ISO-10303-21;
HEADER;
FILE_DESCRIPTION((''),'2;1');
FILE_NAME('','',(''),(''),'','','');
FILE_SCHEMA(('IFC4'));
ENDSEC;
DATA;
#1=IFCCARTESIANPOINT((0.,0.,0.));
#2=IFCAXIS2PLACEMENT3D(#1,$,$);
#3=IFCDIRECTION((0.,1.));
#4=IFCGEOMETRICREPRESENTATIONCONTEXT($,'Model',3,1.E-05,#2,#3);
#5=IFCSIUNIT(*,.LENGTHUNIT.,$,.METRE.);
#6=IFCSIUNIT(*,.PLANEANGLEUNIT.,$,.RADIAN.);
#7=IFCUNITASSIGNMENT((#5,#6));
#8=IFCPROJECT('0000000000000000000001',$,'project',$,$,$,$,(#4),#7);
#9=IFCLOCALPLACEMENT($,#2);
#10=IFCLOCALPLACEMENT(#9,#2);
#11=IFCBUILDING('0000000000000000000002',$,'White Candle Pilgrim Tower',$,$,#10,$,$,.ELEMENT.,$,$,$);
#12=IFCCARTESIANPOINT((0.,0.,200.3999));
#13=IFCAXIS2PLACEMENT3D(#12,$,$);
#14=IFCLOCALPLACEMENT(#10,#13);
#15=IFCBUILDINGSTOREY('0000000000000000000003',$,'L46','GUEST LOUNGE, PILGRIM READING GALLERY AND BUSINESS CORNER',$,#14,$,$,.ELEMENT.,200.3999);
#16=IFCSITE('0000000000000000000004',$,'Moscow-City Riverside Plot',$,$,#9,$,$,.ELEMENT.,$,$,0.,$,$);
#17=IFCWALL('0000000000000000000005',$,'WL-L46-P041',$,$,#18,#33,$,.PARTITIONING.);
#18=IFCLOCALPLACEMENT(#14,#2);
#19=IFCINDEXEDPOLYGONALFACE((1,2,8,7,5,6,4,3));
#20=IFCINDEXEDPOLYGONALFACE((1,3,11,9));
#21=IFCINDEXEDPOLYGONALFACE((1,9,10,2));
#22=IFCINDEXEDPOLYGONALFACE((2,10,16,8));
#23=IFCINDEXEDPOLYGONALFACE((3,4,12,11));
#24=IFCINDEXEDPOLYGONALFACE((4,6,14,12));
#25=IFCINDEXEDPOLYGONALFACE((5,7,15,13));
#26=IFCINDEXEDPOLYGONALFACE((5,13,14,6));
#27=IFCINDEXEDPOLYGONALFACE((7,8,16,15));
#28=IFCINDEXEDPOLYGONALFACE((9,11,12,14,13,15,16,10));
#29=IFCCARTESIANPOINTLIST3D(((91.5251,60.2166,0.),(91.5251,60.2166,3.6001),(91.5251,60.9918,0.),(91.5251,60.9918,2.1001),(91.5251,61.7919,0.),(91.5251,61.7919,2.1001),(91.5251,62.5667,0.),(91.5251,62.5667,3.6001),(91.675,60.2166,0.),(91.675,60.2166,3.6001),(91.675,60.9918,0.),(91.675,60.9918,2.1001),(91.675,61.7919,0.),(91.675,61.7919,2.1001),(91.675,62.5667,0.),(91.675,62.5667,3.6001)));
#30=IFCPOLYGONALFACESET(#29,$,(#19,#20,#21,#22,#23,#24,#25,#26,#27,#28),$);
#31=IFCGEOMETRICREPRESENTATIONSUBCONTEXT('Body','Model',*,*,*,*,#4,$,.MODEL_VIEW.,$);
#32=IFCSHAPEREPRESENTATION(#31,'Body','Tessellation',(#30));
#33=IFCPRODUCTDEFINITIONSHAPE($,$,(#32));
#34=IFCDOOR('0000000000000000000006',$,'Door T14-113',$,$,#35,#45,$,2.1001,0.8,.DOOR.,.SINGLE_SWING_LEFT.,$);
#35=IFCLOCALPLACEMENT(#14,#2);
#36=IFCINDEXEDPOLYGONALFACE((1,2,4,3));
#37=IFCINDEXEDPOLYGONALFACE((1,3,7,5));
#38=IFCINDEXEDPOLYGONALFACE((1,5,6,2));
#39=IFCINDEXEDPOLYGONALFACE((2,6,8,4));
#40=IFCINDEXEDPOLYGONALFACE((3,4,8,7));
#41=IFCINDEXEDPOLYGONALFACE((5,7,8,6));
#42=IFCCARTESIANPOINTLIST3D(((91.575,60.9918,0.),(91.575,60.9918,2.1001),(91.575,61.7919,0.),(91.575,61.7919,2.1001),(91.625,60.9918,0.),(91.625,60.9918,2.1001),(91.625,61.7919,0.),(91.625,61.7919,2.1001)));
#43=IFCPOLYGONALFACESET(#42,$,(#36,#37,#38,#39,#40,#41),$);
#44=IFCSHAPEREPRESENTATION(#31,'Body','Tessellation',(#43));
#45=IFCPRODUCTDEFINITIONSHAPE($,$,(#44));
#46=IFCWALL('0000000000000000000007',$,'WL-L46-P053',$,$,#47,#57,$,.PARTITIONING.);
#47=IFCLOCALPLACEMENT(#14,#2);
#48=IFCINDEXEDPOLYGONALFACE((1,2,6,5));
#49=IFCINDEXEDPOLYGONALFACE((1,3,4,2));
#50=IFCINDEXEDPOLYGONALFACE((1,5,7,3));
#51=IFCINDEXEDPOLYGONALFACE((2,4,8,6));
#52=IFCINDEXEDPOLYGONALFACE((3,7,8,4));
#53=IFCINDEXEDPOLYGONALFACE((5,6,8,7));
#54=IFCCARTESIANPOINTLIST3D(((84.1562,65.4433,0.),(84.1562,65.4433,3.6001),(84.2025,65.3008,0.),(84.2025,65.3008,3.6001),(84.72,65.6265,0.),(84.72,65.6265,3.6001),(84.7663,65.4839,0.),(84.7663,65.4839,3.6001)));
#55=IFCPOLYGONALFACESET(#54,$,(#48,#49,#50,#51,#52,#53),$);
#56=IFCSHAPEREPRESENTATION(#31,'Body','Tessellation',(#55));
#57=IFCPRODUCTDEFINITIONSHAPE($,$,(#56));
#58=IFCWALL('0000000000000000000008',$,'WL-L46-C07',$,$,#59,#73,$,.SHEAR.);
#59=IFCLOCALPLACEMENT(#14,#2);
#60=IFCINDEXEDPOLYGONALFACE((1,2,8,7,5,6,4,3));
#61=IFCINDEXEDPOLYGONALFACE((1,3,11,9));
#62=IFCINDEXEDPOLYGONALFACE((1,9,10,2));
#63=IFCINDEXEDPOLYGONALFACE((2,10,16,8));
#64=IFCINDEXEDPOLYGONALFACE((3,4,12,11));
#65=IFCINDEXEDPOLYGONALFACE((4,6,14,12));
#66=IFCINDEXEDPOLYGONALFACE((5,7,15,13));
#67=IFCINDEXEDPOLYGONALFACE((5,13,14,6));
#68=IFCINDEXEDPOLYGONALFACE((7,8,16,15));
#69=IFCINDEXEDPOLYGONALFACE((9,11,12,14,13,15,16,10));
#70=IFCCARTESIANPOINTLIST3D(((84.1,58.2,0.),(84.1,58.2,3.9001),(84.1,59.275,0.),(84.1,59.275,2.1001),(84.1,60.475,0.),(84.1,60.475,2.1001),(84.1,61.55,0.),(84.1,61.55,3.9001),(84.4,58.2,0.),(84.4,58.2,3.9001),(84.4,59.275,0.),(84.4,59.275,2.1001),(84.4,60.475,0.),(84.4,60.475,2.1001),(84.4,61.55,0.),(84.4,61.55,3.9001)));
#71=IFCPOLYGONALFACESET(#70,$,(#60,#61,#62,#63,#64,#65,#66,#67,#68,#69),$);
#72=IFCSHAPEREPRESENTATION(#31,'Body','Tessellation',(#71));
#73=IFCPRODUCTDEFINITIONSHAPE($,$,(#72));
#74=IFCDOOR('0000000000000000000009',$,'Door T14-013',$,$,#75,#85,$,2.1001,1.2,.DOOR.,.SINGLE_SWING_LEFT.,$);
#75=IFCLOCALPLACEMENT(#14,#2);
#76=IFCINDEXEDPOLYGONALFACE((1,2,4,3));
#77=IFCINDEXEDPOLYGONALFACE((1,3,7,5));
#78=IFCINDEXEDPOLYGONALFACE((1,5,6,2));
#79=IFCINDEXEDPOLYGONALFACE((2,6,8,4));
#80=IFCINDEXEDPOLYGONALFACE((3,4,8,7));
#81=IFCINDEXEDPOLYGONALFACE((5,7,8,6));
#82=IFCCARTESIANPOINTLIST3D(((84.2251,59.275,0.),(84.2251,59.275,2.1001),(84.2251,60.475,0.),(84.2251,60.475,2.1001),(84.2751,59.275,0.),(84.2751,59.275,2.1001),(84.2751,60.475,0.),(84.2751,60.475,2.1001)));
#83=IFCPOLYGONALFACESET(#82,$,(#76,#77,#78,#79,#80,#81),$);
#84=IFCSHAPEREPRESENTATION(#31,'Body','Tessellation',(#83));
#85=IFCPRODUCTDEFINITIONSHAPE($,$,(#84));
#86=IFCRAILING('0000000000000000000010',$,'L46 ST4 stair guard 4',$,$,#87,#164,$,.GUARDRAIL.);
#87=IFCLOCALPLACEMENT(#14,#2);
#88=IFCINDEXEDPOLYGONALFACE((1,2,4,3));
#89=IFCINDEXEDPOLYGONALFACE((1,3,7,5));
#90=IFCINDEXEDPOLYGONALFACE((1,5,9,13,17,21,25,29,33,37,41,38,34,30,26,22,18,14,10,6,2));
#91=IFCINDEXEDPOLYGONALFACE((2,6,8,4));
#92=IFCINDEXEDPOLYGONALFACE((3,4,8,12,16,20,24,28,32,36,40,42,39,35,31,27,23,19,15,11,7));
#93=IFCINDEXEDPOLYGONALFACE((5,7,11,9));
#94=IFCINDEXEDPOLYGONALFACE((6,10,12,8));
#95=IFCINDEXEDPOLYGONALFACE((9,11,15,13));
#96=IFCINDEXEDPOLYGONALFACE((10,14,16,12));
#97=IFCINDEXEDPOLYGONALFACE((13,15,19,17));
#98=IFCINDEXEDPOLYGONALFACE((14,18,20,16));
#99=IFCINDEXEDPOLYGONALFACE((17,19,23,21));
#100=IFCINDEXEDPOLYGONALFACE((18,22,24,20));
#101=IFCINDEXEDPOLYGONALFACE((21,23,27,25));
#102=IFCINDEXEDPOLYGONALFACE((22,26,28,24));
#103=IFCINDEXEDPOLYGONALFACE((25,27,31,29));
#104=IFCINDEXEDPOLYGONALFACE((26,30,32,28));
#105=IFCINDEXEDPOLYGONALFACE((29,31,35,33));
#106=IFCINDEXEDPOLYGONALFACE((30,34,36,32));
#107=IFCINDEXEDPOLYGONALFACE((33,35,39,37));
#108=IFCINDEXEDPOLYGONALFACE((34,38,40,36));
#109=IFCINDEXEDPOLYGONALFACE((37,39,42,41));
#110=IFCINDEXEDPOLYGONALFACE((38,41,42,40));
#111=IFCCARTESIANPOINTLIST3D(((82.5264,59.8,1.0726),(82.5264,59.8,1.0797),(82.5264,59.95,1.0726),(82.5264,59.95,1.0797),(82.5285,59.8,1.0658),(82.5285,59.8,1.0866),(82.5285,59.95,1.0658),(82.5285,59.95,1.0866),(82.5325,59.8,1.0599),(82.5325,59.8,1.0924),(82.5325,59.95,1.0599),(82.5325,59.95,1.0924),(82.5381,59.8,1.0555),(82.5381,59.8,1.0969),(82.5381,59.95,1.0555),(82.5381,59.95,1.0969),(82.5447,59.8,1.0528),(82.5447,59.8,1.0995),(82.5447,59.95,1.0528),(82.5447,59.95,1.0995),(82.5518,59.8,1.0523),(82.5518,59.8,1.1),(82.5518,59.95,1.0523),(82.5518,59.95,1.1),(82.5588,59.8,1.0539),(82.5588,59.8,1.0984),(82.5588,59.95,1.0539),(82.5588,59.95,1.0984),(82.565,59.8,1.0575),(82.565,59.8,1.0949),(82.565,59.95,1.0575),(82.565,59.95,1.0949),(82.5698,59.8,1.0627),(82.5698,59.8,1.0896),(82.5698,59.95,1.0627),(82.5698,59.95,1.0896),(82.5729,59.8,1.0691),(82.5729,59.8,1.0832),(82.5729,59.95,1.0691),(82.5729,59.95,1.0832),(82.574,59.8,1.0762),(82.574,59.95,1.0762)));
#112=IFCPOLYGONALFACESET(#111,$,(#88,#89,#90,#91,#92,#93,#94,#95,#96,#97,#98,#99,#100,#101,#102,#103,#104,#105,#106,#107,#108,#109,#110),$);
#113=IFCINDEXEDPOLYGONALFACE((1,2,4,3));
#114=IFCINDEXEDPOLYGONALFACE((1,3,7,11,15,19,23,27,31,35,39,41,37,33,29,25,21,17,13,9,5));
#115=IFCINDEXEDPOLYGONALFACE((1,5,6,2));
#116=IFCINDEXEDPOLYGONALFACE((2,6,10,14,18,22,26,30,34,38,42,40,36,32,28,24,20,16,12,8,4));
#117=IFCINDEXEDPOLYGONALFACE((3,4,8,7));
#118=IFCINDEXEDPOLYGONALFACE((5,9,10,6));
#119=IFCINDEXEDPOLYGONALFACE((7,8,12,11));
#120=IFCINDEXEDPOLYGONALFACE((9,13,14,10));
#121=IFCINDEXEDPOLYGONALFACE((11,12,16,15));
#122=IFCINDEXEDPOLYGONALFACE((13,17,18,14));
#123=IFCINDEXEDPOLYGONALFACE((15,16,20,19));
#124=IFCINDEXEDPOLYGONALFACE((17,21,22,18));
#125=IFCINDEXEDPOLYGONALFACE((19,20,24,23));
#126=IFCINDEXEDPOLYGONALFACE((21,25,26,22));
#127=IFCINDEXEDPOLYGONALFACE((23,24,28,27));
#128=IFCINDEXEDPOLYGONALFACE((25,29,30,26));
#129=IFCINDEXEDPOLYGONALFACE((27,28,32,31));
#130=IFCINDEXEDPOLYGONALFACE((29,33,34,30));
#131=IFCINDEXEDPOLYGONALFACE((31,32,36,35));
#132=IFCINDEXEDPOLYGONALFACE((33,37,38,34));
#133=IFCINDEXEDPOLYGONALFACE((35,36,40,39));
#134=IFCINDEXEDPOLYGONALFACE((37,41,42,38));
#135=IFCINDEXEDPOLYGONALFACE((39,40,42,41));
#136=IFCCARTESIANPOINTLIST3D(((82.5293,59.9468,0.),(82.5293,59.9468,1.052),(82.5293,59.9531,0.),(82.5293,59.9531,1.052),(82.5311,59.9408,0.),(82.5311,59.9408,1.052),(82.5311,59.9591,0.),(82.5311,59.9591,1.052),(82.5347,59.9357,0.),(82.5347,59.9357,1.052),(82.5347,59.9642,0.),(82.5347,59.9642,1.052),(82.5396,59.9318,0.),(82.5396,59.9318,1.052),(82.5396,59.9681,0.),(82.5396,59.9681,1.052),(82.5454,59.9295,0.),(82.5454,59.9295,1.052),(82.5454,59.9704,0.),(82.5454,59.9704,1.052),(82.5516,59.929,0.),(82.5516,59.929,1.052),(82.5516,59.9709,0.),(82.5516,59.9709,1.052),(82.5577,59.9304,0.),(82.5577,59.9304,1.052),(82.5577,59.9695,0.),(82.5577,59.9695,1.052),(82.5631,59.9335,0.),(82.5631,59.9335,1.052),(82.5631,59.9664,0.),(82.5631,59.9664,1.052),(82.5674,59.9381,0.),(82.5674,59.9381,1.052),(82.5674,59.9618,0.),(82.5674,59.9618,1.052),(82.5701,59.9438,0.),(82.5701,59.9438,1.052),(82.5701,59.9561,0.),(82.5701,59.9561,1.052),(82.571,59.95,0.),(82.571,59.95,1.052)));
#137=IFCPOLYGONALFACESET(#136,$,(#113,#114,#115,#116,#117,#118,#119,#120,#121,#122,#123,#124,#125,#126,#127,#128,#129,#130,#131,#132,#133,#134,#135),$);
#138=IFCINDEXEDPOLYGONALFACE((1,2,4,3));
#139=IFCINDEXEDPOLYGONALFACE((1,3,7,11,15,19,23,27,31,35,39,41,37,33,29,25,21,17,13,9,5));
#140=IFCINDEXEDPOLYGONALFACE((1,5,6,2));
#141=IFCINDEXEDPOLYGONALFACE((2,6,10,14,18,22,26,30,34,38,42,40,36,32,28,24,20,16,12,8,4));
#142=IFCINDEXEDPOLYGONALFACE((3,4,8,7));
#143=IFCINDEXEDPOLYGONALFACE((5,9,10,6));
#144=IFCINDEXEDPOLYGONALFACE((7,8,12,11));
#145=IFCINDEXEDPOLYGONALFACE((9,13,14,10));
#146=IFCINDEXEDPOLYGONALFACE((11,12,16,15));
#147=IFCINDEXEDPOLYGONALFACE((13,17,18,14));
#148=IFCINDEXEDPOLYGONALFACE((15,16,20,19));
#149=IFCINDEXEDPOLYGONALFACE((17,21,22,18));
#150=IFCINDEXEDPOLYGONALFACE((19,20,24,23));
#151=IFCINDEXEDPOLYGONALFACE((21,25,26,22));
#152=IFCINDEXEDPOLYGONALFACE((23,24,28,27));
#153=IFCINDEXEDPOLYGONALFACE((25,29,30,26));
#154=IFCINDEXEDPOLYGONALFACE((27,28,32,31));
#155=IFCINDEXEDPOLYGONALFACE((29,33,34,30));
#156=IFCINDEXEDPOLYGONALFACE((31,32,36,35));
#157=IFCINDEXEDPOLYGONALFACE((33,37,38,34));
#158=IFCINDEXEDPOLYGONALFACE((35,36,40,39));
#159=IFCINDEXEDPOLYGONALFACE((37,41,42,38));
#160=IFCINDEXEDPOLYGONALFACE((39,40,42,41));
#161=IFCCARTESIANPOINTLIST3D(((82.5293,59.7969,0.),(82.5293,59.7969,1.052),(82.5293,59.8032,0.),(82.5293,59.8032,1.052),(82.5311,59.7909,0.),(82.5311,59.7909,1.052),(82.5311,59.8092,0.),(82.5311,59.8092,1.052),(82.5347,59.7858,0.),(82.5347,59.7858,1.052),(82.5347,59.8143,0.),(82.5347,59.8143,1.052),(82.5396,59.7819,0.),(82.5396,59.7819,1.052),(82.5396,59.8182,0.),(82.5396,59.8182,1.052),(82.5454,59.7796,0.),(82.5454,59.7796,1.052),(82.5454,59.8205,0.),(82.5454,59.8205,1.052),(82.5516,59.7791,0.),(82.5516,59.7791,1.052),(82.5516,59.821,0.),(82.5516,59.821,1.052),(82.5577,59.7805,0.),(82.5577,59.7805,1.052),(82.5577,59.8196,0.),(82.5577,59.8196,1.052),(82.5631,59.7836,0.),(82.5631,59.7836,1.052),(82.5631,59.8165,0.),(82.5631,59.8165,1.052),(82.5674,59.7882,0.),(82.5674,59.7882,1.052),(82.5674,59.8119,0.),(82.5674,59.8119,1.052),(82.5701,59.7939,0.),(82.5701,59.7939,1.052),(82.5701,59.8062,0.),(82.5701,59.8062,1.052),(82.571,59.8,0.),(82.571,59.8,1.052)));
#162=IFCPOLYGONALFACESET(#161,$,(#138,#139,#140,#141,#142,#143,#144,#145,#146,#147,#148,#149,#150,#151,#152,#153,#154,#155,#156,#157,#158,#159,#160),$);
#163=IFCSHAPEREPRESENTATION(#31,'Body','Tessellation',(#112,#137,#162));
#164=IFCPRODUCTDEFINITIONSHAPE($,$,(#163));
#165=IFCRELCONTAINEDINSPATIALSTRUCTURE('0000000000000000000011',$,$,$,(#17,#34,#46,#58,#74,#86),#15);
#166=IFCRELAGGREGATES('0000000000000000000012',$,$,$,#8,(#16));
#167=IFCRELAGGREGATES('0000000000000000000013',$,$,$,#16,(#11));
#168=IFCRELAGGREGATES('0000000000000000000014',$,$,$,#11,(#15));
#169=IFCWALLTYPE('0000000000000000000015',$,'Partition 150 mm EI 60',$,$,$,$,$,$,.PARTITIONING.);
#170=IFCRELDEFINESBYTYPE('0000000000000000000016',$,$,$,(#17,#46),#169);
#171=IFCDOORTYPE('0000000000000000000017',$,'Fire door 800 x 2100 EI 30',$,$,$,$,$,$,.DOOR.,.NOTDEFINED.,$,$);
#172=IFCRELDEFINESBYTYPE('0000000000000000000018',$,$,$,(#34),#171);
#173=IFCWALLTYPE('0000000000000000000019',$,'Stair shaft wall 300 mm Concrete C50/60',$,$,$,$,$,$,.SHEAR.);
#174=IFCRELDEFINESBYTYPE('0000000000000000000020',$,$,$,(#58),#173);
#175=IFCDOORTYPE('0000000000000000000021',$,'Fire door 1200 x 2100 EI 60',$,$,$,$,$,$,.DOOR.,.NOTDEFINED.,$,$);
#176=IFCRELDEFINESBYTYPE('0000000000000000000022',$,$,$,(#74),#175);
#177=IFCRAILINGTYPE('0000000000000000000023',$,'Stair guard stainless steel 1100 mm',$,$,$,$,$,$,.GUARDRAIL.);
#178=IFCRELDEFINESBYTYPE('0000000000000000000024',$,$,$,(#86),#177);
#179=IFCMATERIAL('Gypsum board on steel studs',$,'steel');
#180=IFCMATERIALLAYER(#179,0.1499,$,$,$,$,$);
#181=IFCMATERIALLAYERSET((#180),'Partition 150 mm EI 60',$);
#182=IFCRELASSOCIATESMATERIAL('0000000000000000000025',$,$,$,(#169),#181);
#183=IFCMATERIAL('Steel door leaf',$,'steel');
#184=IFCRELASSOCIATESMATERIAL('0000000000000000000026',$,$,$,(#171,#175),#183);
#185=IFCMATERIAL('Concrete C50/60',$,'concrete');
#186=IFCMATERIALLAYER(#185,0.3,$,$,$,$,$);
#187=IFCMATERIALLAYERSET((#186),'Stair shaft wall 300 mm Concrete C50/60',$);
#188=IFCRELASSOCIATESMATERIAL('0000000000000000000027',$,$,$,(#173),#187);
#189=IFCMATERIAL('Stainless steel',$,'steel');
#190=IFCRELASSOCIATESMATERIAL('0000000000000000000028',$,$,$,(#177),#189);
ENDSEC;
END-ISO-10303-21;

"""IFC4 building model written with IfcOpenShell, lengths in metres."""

from ifc_helpers import new_model, si_unit, direction, frame, frame_2d, origin, origin_2d, place, context, subcontext, project, spatial, rectangle, circle, extrude, material, layer, layer_set, type_object, element, fill, save


model = new_model("IFC4")

# Units and contexts
model_context = context("Model", 3, precision=1e-05, world=origin(), true_north=direction((0.0, 1.0)))
body_context = subcontext(model_context, "Body", "Model", "MODEL_VIEW")
ifc_project = project(units=[si_unit("LENGTHUNIT", "METRE"), si_unit("PLANEANGLEUNIT", "RADIAN")], contexts=[model_context])

# Site, building, storey
site_placement = place(None, origin())
site = spatial("IfcSite", under=ifc_project, at=site_placement, Name="Moscow-City Riverside Plot", CompositionType="ELEMENT", RefElevation=0.0)
building_placement = place(site_placement, origin())
building = spatial("IfcBuilding", under=site, at=building_placement, Name="White Candle Pilgrim Tower", CompositionType="ELEMENT")
storey_placement = place(building_placement, frame((0.0, 0.0, 200.3999)))
storey = spatial("IfcBuildingStorey", under=building, at=storey_placement, Name="L46", Description="GUEST LOUNGE, PILGRIM READING GALLERY AND BUSINESS CORNER", CompositionType="ELEMENT", Elevation=200.3999)

# Shared definitions
ifc_material_1 = material(Name="Concrete C50/60", Category="concrete")

# Shared definitions
ifc_material_2 = material(Name="Gypsum board on steel studs", Category="steel")
ifc_material_3 = material(Name="Steel door leaf", Category="steel")

# Shared definitions
ifc_layer_1 = layer(ifc_material_2, 0.1499)
ifc_layer_set_1 = layer_set([ifc_layer_1], Name="Partition 150 mm EI 60")
wall_type_1 = type_object("IfcWallType", Name="Partition 150 mm EI 60", PredefinedType="PARTITIONING", material=ifc_layer_set_1)

# Wall, opening, door
wall_1_placement = place(storey_placement, frame((91.6001, 62.5667, 0.0), z_axis=(0.0, 0.0, 1.0), x_axis=(0.0, -1.0, 0.0)))
wall_1 = element("IfcWall", 1, at=wall_1_placement, inside=storey, type_object=wall_type_1, Name="WL-L46-P041", PredefinedType="PARTITIONING", context=body_context, shape_type="SweptSolid", body=[
    extrude(rectangle(XDim=2.3501, YDim=0.1499, at=frame_2d((1.175, 0.0))), origin(), (0.0, 0.0, 1.0), 3.6001),
])
opening_1_placement = place(wall_1_placement, frame((0.7749, 0.0, 0.0)))
opening_1 = element("IfcOpeningElement", 2, at=opening_1_placement, cuts=wall_1, PredefinedType="OPENING", context=body_context, shape_type="SweptSolid", body=[
    extrude(rectangle(XDim=0.8, YDim=2.1001, at=frame_2d((0.3999, 1.05))), frame((0.0, 0.085, 0.0), z_axis=(0.0, -1.0, 0.0), x_axis=(1.0, 0.0, 0.0)), (0.0, 0.0, 1.0), 0.1699),
])
door_type_1 = type_object("IfcDoorType", Name="Fire door 800 x 2100 EI 30", OperationType="NOTDEFINED", PredefinedType="DOOR", material=ifc_material_3)
door_1_placement = place(opening_1_placement, origin())
door_1 = element("IfcDoor", 3, at=door_1_placement, inside=storey, type_object=door_type_1, Name="Door T14-113", OperationType="SINGLE_SWING_LEFT", OverallHeight=2.1001, OverallWidth=0.8, PredefinedType="DOOR", context=body_context, shape_type="SweptSolid", body=[
    extrude(rectangle(XDim=0.8, YDim=2.1001, at=frame_2d((0.3999, 1.05))), frame((0.0, 0.0249, 0.0), z_axis=(0.0, -1.0, 0.0), x_axis=(1.0, 0.0, 0.0)), (0.0, 0.0, 1.0), 0.05),
])
fill(opening_1, door_1)

# Wall
wall_2_placement = place(storey_placement, frame((84.7432, 65.5552, 0.0), z_axis=(0.0, 0.0, 1.0), x_axis=(-0.951086, -0.308928, 0.0)))
element("IfcWall", 4, at=wall_2_placement, inside=storey, type_object=wall_type_1, Name="WL-L46-P053", PredefinedType="PARTITIONING", context=body_context, shape_type="SweptSolid", body=[
    extrude(rectangle(XDim=0.5928, YDim=0.1499, at=frame_2d((0.2964, 0.0))), origin(), (0.0, 0.0, 1.0), 3.6001),
])

# Wall, opening, door
ifc_layer_2 = layer(ifc_material_1, 0.3)
ifc_layer_set_2 = layer_set([ifc_layer_2], Name="Stair shaft wall 300 mm Concrete C50/60")
wall_type_2 = type_object("IfcWallType", Name="Stair shaft wall 300 mm Concrete C50/60", PredefinedType="SHEAR", material=ifc_layer_set_2)
wall_3_placement = place(storey_placement, frame((84.25, 58.2, 0.0), z_axis=(0.0, 0.0, 1.0), x_axis=(0.0, 1.0, 0.0)))
wall_3 = element("IfcWall", 5, at=wall_3_placement, inside=storey, type_object=wall_type_2, Name="WL-L46-C07", PredefinedType="SHEAR", context=body_context, shape_type="SweptSolid", body=[
    extrude(rectangle(XDim=3.3501, YDim=0.3, at=frame_2d((1.675, 0.0))), origin(), (0.0, 0.0, 1.0), 3.9001),
])
opening_2_placement = place(wall_3_placement, frame((1.075, 0.0, 0.0)))
opening_2 = element("IfcOpeningElement", 6, at=opening_2_placement, cuts=wall_3, PredefinedType="OPENING", context=body_context, shape_type="SweptSolid", body=[
    extrude(rectangle(XDim=1.2, YDim=2.1001, at=frame_2d((0.6001, 1.05))), frame((0.0, 0.1599, 0.0), z_axis=(0.0, -1.0, 0.0), x_axis=(1.0, 0.0, 0.0)), (0.0, 0.0, 1.0), 0.3201),
])
door_type_2 = type_object("IfcDoorType", Name="Fire door 1200 x 2100 EI 60", OperationType="NOTDEFINED", PredefinedType="DOOR", material=ifc_material_3)
door_2_placement = place(opening_2_placement, origin())
door_2 = element("IfcDoor", 7, at=door_2_placement, inside=storey, type_object=door_type_2, Name="Door T14-013", OperationType="SINGLE_SWING_LEFT", OverallHeight=2.1001, OverallWidth=1.2, PredefinedType="DOOR", context=body_context, shape_type="SweptSolid", body=[
    extrude(rectangle(XDim=1.2, YDim=2.1001, at=frame_2d((0.6001, 1.05))), frame((0.0, 0.0249, 0.0), z_axis=(0.0, -1.0, 0.0), x_axis=(1.0, 0.0, 0.0)), (0.0, 0.0, 1.0), 0.05),
])
fill(opening_2, door_2)

# Railing
ifc_material_4 = material(Name="Stainless steel", Category="steel")
railing_type = type_object("IfcRailingType", Name="Stair guard stainless steel 1100 mm", PredefinedType="GUARDRAIL", material=ifc_material_4)
railing_placement = place(storey_placement, frame((82.55, 59.95, 0.0)))
element("IfcRailing", 8, at=railing_placement, inside=storey, type_object=railing_type, Name="L46 ST4 stair guard 4", PredefinedType="GUARDRAIL", context=body_context, shape_type="SweptSolid", body=[
    extrude(circle(Radius=0.0239, at=origin_2d()), frame((0.0, 0.0, 1.0762), z_axis=(0.0, -1.0, 0.0), x_axis=(1.0, 0.0, 0.0)), (0.0, 0.0, 1.0), 0.1499),
    extrude(circle(Radius=0.021, at=origin_2d()), origin(), (0.0, 0.0, 1.0), 1.052),
    extrude(circle(Radius=0.021, at=origin_2d()), frame((0.0, -0.1499, 0.0)), (0.0, 0.0, 1.0), 1.052),
])

save(model, "model.ifc")
